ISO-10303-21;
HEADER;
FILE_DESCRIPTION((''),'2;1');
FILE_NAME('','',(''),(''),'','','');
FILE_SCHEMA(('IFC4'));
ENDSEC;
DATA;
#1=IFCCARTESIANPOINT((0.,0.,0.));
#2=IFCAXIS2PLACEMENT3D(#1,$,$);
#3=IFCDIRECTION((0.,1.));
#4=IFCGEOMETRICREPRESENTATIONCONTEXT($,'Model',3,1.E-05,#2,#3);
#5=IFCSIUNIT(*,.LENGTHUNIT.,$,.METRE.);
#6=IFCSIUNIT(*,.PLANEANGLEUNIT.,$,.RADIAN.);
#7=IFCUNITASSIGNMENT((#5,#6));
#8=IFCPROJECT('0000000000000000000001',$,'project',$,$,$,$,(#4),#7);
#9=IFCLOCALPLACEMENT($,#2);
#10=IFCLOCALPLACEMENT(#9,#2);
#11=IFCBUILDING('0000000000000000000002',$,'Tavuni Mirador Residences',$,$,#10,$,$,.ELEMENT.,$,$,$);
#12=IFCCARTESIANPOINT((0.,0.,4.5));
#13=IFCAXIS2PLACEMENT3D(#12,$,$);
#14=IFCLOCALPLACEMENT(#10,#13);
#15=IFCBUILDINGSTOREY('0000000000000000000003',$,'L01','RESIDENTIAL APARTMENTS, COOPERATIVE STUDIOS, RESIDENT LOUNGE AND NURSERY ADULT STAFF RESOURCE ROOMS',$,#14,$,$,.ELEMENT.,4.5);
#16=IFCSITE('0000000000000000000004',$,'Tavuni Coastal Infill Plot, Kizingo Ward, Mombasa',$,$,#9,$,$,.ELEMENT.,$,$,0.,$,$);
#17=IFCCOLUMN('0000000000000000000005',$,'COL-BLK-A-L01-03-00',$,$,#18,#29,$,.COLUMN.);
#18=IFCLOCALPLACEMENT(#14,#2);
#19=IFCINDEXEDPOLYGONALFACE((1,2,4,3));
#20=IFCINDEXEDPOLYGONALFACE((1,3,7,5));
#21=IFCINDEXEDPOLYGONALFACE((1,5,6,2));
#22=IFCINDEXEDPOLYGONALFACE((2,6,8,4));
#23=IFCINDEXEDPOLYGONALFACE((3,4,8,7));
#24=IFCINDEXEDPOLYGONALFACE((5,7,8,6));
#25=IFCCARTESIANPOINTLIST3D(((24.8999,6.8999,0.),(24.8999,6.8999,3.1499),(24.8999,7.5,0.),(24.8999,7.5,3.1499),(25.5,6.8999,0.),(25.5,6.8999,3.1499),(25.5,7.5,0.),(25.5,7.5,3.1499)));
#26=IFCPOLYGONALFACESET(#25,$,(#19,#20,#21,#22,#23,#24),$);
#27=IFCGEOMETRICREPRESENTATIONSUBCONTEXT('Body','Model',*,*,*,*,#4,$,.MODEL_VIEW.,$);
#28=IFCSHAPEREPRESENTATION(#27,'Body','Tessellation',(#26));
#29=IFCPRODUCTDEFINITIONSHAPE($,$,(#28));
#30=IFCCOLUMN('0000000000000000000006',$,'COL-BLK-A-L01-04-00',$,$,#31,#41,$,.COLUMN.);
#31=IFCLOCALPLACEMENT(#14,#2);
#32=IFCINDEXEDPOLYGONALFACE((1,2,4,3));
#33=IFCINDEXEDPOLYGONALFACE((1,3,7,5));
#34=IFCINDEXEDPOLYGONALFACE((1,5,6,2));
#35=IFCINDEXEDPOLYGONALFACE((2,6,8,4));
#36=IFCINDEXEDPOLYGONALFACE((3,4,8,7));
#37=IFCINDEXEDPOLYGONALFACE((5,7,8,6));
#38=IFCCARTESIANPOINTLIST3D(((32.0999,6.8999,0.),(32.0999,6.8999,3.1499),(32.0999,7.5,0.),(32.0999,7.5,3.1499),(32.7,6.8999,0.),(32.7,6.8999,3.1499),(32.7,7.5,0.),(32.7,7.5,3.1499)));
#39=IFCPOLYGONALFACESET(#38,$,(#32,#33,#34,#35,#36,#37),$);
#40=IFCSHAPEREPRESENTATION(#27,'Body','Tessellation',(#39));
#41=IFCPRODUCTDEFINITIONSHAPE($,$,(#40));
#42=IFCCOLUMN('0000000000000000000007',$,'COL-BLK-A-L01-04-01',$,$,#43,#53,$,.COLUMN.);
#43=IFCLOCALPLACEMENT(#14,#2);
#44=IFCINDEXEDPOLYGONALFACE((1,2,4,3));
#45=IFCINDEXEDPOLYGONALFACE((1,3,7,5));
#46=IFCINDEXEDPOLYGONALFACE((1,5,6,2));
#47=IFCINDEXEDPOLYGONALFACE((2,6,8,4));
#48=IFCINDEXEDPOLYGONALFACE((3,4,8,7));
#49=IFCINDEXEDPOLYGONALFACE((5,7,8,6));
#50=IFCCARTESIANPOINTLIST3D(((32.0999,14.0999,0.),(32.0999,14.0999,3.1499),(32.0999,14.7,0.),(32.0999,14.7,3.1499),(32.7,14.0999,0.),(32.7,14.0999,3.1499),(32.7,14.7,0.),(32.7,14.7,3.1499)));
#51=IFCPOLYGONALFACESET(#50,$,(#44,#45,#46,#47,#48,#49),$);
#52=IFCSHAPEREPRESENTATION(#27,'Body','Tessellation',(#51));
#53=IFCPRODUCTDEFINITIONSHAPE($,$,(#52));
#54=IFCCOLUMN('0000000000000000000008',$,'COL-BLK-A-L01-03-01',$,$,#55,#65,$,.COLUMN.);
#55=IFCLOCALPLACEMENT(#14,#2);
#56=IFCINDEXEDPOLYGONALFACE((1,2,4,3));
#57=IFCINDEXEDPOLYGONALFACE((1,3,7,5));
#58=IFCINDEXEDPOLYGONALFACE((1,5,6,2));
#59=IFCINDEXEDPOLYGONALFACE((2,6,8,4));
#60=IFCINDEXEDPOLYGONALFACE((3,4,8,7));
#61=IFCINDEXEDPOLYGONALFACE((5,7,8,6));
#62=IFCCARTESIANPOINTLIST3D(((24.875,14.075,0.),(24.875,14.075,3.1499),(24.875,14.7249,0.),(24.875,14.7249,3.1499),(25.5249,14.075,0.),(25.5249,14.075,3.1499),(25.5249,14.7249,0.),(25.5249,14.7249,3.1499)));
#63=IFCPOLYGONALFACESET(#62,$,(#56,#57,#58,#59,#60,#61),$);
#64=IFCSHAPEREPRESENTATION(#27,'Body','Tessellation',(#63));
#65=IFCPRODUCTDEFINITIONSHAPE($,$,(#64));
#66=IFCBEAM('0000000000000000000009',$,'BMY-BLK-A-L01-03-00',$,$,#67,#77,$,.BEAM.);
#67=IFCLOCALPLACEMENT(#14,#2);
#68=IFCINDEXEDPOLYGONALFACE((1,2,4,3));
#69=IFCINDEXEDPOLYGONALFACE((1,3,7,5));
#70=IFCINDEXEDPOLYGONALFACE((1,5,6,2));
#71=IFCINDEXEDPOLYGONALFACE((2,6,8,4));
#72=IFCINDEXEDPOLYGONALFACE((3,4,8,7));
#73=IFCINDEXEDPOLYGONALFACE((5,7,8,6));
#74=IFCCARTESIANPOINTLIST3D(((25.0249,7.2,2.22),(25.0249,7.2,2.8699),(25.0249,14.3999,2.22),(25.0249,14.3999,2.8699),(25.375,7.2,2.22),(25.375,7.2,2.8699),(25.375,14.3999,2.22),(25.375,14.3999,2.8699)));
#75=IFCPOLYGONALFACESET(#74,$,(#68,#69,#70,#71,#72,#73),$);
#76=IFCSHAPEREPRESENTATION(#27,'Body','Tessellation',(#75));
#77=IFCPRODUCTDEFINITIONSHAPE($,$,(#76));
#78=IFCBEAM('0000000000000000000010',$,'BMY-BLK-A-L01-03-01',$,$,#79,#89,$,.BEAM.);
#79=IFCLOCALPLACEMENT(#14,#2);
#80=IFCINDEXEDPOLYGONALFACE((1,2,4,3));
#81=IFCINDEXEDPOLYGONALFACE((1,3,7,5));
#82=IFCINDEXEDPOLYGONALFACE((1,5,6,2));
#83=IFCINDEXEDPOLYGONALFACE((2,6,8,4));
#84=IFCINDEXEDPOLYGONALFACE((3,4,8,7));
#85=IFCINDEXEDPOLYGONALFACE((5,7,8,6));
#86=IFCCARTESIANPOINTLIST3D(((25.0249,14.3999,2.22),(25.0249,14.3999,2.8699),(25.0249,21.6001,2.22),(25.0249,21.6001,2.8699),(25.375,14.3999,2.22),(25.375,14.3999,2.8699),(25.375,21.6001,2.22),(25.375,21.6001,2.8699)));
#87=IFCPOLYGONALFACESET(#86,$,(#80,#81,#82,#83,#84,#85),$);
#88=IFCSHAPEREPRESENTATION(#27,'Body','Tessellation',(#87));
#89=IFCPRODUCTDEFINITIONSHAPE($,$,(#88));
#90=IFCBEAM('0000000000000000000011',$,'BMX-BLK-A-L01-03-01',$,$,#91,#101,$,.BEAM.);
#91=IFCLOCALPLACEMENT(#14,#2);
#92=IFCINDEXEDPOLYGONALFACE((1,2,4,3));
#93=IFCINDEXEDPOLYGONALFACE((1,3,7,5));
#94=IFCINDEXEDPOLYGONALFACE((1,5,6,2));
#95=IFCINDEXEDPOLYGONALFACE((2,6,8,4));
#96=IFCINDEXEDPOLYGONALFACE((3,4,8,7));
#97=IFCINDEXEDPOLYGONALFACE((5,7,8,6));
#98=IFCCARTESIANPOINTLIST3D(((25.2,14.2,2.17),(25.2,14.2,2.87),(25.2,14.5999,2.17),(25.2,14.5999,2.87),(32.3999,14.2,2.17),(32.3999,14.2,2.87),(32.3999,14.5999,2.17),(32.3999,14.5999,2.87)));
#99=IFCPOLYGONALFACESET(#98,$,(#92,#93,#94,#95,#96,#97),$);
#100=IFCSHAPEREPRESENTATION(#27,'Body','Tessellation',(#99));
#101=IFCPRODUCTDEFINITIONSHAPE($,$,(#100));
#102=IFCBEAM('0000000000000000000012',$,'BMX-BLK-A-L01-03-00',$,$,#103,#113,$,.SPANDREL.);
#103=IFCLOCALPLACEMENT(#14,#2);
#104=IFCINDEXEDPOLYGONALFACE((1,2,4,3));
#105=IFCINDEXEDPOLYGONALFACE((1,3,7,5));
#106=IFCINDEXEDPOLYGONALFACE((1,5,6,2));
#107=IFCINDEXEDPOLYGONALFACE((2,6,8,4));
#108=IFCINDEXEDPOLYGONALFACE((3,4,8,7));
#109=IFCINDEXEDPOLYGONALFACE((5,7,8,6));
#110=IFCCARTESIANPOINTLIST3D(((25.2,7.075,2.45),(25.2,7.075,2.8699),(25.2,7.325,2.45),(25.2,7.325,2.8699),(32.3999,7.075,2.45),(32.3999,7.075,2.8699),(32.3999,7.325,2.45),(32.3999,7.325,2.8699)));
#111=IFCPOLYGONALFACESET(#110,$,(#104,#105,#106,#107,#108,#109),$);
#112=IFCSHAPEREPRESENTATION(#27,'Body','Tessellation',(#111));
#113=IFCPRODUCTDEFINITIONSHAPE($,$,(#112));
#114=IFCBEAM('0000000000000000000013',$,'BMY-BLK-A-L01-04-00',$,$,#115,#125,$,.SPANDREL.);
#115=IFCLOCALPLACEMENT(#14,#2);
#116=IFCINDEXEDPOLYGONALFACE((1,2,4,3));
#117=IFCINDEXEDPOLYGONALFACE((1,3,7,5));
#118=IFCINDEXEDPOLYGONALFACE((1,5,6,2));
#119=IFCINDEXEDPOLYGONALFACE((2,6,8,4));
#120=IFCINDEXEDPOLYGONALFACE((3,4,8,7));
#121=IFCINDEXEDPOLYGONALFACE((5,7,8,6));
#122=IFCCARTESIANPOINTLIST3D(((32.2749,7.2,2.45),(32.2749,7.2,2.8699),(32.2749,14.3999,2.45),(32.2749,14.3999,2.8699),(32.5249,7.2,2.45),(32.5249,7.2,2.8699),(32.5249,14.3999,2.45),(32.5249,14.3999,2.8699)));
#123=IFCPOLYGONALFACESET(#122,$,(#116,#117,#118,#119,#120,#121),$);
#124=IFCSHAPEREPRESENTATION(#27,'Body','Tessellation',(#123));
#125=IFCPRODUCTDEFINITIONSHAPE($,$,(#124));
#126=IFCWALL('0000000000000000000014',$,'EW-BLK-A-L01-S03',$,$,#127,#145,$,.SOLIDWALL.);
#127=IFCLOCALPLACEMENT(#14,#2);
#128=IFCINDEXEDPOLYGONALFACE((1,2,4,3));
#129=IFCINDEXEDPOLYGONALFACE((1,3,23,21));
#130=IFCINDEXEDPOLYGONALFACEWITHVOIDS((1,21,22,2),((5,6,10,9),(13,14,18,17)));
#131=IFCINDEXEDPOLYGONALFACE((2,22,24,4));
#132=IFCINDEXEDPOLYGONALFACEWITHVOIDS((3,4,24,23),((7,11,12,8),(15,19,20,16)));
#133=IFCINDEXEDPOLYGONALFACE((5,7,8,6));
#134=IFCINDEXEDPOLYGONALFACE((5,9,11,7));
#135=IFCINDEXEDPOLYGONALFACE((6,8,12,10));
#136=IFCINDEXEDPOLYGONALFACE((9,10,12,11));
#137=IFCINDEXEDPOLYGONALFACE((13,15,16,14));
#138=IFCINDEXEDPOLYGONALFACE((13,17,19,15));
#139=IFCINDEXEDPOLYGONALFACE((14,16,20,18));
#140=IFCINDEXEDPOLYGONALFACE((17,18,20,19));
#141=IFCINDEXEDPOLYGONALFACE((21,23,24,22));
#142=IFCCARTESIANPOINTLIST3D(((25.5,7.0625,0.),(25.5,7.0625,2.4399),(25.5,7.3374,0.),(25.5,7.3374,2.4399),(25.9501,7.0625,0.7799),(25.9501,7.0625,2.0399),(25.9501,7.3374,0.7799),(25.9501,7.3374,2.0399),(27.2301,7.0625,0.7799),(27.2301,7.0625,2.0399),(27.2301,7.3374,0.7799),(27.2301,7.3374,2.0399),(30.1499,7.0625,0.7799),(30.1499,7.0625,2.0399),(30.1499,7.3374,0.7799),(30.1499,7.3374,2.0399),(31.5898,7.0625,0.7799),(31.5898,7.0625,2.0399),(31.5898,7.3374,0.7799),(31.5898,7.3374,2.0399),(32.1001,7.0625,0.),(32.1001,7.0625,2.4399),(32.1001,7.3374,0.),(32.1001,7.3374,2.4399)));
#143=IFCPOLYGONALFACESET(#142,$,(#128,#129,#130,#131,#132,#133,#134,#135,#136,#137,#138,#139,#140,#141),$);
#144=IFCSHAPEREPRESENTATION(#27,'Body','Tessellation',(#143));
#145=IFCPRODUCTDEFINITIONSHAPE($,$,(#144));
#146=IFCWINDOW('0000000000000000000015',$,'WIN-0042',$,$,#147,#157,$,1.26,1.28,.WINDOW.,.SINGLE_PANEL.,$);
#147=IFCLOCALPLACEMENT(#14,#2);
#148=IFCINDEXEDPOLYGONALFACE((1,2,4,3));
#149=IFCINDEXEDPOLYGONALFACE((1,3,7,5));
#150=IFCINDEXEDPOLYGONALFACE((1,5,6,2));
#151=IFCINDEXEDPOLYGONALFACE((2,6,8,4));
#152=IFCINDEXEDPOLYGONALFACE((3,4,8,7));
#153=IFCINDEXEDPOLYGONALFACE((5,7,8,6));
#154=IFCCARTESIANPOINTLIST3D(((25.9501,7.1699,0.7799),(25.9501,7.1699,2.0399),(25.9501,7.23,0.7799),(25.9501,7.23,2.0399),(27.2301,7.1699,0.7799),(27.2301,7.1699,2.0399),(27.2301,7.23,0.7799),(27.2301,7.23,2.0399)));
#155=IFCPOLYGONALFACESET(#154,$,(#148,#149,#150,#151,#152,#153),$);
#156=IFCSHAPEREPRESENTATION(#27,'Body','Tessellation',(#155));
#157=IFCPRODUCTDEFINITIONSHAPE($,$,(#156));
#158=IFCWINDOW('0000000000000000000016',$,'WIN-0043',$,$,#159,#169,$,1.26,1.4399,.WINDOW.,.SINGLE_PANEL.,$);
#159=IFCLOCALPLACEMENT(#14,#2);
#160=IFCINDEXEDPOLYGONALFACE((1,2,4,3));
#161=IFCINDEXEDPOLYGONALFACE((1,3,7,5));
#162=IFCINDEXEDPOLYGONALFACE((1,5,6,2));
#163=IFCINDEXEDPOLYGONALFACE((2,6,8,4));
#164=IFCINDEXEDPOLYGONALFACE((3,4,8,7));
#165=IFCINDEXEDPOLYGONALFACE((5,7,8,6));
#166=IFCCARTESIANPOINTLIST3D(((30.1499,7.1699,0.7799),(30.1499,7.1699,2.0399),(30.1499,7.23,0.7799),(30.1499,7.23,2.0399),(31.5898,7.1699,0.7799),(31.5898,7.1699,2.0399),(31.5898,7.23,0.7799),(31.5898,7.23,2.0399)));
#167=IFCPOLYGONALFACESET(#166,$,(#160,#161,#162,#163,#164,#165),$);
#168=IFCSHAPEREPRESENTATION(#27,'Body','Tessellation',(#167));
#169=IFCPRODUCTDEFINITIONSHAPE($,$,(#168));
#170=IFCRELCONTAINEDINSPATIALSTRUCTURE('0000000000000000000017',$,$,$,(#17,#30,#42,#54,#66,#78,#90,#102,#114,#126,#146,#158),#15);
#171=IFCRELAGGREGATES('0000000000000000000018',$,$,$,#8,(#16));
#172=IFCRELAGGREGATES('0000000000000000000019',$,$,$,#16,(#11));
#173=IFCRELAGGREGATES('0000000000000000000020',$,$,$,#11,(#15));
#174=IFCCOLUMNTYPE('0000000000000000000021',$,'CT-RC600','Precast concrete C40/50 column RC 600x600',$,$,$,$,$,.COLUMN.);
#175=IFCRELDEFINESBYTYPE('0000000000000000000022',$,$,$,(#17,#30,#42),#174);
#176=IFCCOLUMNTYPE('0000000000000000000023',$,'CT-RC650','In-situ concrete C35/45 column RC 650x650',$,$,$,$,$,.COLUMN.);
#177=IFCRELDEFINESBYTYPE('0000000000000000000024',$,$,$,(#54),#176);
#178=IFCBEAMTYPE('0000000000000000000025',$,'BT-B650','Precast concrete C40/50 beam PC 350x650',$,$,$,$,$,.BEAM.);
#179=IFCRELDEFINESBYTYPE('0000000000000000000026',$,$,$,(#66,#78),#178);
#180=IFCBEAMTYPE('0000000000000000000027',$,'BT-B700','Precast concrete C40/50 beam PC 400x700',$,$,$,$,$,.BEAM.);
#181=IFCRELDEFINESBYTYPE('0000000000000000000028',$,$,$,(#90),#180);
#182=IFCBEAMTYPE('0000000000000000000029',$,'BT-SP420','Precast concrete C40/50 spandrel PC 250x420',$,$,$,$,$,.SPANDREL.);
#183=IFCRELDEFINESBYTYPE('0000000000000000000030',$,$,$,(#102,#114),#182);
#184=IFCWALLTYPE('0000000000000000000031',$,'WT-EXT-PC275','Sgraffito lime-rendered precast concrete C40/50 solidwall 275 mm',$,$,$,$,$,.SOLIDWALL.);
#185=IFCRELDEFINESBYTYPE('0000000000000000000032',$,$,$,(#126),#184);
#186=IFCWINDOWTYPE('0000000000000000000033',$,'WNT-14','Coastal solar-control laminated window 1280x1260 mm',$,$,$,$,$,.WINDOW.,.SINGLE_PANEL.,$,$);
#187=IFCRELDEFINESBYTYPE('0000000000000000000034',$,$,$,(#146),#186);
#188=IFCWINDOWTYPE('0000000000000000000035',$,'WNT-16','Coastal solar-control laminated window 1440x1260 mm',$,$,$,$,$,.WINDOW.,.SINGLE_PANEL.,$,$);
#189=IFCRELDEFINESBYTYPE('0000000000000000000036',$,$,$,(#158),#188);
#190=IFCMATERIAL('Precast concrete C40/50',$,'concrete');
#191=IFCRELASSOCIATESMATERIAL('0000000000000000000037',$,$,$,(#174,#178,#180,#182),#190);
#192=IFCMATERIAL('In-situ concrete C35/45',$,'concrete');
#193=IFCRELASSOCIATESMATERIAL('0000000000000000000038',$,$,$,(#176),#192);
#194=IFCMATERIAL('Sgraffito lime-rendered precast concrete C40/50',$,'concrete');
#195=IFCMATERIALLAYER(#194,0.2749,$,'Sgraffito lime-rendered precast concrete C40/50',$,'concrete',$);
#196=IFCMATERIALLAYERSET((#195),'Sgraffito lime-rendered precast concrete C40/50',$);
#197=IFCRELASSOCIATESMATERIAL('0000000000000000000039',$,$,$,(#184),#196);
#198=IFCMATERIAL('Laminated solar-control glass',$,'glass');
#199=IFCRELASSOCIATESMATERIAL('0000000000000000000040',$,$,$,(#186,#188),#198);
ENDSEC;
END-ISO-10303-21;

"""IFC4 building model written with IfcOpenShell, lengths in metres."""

from ifc_helpers import new_model, si_unit, direction, frame, frame_2d, origin, origin_2d, place, context, subcontext, project, spatial, rectangle, extrude, material, layer, layer_set, material_profile, profile_set, type_object, element, fill, save


model = new_model("IFC4")

# Units and contexts
model_context = context("Model", 3, precision=1e-05, world=origin(), true_north=direction((0.0, 1.0)))
body_context = subcontext(model_context, "Body", "Model", "MODEL_VIEW")
ifc_project = project(units=[si_unit("LENGTHUNIT", "METRE"), si_unit("PLANEANGLEUNIT", "RADIAN")], contexts=[model_context])

# Site, building, storey
site_placement = place(None, origin())
site = spatial("IfcSite", under=ifc_project, at=site_placement, Name="Tavuni Coastal Infill Plot, Kizingo Ward, Mombasa", CompositionType="ELEMENT", RefElevation=0.0)
building_placement = place(site_placement, origin())
building = spatial("IfcBuilding", under=site, at=building_placement, Name="Tavuni Mirador Residences", CompositionType="ELEMENT")
storey_placement = place(building_placement, frame((0.0, 0.0, 4.5)))
storey = spatial("IfcBuildingStorey", under=building, at=storey_placement, Name="L01", Description="RESIDENTIAL APARTMENTS, COOPERATIVE STUDIOS, RESIDENT LOUNGE AND NURSERY ADULT STAFF RESOURCE ROOMS", CompositionType="ELEMENT", Elevation=4.5)

# Columns
ifc_material_1 = material(Name="Precast concrete C40/50", Category="concrete")
ifc_material_profile_1 = material_profile(ifc_material_1, rectangle(XDim=0.6001, YDim=0.6001, at=origin_2d()), Name="RC 600x600", Category="concrete")
ifc_profile_set_1 = profile_set([ifc_material_profile_1], Name="Precast concrete C40/50")
column_type_1 = type_object("IfcColumnType", Name="CT-RC600", Description="Precast concrete C40/50 column RC 600x600", PredefinedType="COLUMN", material=ifc_profile_set_1)
for number, where, z_axis, x_axis, name in (
    (1, (25.2, 7.2, 0.0), (0.0, 0.0, 1.0), (1.0, 0.0, 0.0), "COL-BLK-A-L01-03-00"),
    (2, (32.3999, 7.2, 0.0), (0.0, 0.0, 1.0), (1.0, 0.0, 0.0), "COL-BLK-A-L01-04-00"),
    (3, (32.3999, 14.3999, 0.0), (0.0, 0.0, 1.0), (1.0, 0.0, 0.0), "COL-BLK-A-L01-04-01"),
):
    element("IfcColumn", number, at=place(storey_placement, frame(where, z_axis=z_axis, x_axis=x_axis)), inside=storey, type_object=column_type_1, Name=name, PredefinedType="COLUMN", context=body_context, shape_type="SweptSolid", body=[
        extrude(rectangle(XDim=0.6001, YDim=0.6001, at=origin_2d()), origin(), (0.0, 0.0, 1.0), 3.1499),
    ])
ifc_material_2 = material(Name="In-situ concrete C35/45", Category="concrete")
ifc_material_profile_2 = material_profile(ifc_material_2, rectangle(XDim=0.6499, YDim=0.6499, at=origin_2d()), Name="RC 650x650", Category="concrete")
ifc_profile_set_2 = profile_set([ifc_material_profile_2], Name="In-situ concrete C35/45")
column_type_2 = type_object("IfcColumnType", Name="CT-RC650", Description="In-situ concrete C35/45 column RC 650x650", PredefinedType="COLUMN", material=ifc_profile_set_2)
column_placement = place(storey_placement, frame((25.2, 14.3999, 0.0), z_axis=(0.0, 0.0, 1.0), x_axis=(1.0, 0.0, 0.0)))
element("IfcColumn", 4, at=column_placement, inside=storey, type_object=column_type_2, Name="COL-BLK-A-L01-03-01", PredefinedType="COLUMN", context=body_context, shape_type="SweptSolid", body=[
    extrude(rectangle(XDim=0.6499, YDim=0.6499, at=origin_2d()), origin(), (0.0, 0.0, 1.0), 3.1499),
])

# Beams
ifc_material_profile_3 = material_profile(ifc_material_1, rectangle(XDim=0.3501, YDim=0.6499, at=origin_2d()), Name="PC 350x650", Category="concrete")
ifc_profile_set_3 = profile_set([ifc_material_profile_3], Name="Precast concrete C40/50")
beam_type_1 = type_object("IfcBeamType", Name="BT-B650", Description="Precast concrete C40/50 beam PC 350x650", PredefinedType="BEAM", material=ifc_profile_set_3)
beam_1_placement = place(storey_placement, frame((25.2, 7.2, 2.5449), z_axis=(0.0, 1.0, 0.0), x_axis=(-1.0, 0.0, 0.0)))
element("IfcBeam", 5, at=beam_1_placement, inside=storey, type_object=beam_type_1, Name="BMY-BLK-A-L01-03-00", PredefinedType="BEAM", context=body_context, shape_type="SweptSolid", body=[
    extrude(rectangle(XDim=0.3501, YDim=0.6499, at=origin_2d()), origin(), (0.0, 0.0, 1.0), 7.2),
])
beam_2_placement = place(storey_placement, frame((25.2, 14.3999, 2.5449), z_axis=(0.0, 1.0, 0.0), x_axis=(-1.0, 0.0, 0.0)))
element("IfcBeam", 6, at=beam_2_placement, inside=storey, type_object=beam_type_1, Name="BMY-BLK-A-L01-03-01", PredefinedType="BEAM", context=body_context, shape_type="SweptSolid", body=[
    extrude(rectangle(XDim=0.3501, YDim=0.6499, at=origin_2d()), origin(), (0.0, 0.0, 1.0), 7.2002),
])
ifc_material_profile_4 = material_profile(ifc_material_1, rectangle(XDim=0.3999, YDim=0.7, at=origin_2d()), Name="PC 400x700", Category="concrete")
ifc_profile_set_4 = profile_set([ifc_material_profile_4], Name="Precast concrete C40/50")
beam_type_2 = type_object("IfcBeamType", Name="BT-B700", Description="Precast concrete C40/50 beam PC 400x700", PredefinedType="BEAM", material=ifc_profile_set_4)
beam_3_placement = place(storey_placement, frame((25.2, 14.3999, 2.52), z_axis=(1.0, 0.0, 0.0), x_axis=(0.0, 1.0, 0.0)))
element("IfcBeam", 7, at=beam_3_placement, inside=storey, type_object=beam_type_2, Name="BMX-BLK-A-L01-03-01", PredefinedType="BEAM", context=body_context, shape_type="SweptSolid", body=[
    extrude(rectangle(XDim=0.3999, YDim=0.7, at=origin_2d()), origin(), (0.0, 0.0, 1.0), 7.2),
])
ifc_material_profile_5 = material_profile(ifc_material_1, rectangle(XDim=0.25, YDim=0.4199, at=origin_2d()), Name="PC 250x420", Category="concrete")
ifc_profile_set_5 = profile_set([ifc_material_profile_5], Name="Precast concrete C40/50")
beam_type_3 = type_object("IfcBeamType", Name="BT-SP420", Description="Precast concrete C40/50 spandrel PC 250x420", PredefinedType="SPANDREL", material=ifc_profile_set_5)
for number, where, z_axis, x_axis, name in (
    (8, (25.2, 7.2, 2.6599), (1.0, 0.0, 0.0), (0.0, 1.0, 0.0), "BMX-BLK-A-L01-03-00"),
    (9, (32.3999, 7.2, 2.6599), (0.0, 1.0, 0.0), (-1.0, 0.0, 0.0), "BMY-BLK-A-L01-04-00"),
):
    element("IfcBeam", number, at=place(storey_placement, frame(where, z_axis=z_axis, x_axis=x_axis)), inside=storey, type_object=beam_type_3, Name=name, PredefinedType="SPANDREL", context=body_context, shape_type="SweptSolid", body=[
        extrude(rectangle(XDim=0.25, YDim=0.4199, at=origin_2d()), origin(), (0.0, 0.0, 1.0), 7.2),
    ])

# Wall, openings, windows
ifc_material_3 = material(Name="Sgraffito lime-rendered precast concrete C40/50", Category="concrete")
ifc_layer_1 = layer(ifc_material_3, 0.2749, Name="Sgraffito lime-rendered precast concrete C40/50", Category="concrete")
ifc_layer_set_1 = layer_set([ifc_layer_1], Name="Sgraffito lime-rendered precast concrete C40/50")
wall_type_1 = type_object("IfcWallType", Name="WT-EXT-PC275", Description="Sgraffito lime-rendered precast concrete C40/50 solidwall 275 mm", PredefinedType="SOLIDWALL", material=ifc_layer_set_1)
wall_1_placement = place(storey_placement, frame((25.5, 7.2, 0.0), z_axis=(0.0, 0.0, 1.0), x_axis=(1.0, 0.0, 0.0)))
wall_1 = element("IfcWall", 10, at=wall_1_placement, inside=storey, type_object=wall_type_1, Name="EW-BLK-A-L01-S03", PredefinedType="SOLIDWALL", context=body_context, shape_type="SweptSolid", body=[
    extrude(rectangle(XDim=6.6001, YDim=0.2749, at=frame_2d((3.3, 0.0))), origin(), (0.0, 0.0, 1.0), 2.4399),
])
opening_1_placement = place(wall_1_placement, frame((0.45, 0.0, 0.78)))
opening_1 = element("IfcOpeningElement", 11, at=opening_1_placement, cuts=wall_1, PredefinedType="OPENING", context=body_context, shape_type="SweptSolid", body=[
    extrude(rectangle(XDim=1.28, YDim=1.26, at=frame_2d((0.6401, 0.6299))), frame((0.0, 0.1475, 0.0), z_axis=(0.0, -1.0, 0.0), x_axis=(1.0, 0.0, 0.0)), (0.0, 0.0, 1.0), 0.2949),
])
opening_2_placement = place(wall_1_placement, frame((4.6499, 0.0, 0.78)))
opening_2 = element("IfcOpeningElement", 12, at=opening_2_placement, cuts=wall_1, PredefinedType="OPENING", context=body_context, shape_type="SweptSolid", body=[
    extrude(rectangle(XDim=1.4399, YDim=1.26, at=frame_2d((0.72, 0.6299))), frame((0.0, 0.1475, 0.0), z_axis=(0.0, -1.0, 0.0), x_axis=(1.0, 0.0, 0.0)), (0.0, 0.0, 1.0), 0.2949),
])
ifc_material_4 = material(Name="Laminated solar-control glass", Category="glass")
window_type_1 = type_object("IfcWindowType", Name="WNT-14", Description="Coastal solar-control laminated window 1280x1260 mm", PartitioningType="SINGLE_PANEL", PredefinedType="WINDOW", material=ifc_material_4)
window_1_placement = place(opening_1_placement, origin())
window_1 = element("IfcWindow", 13, at=window_1_placement, inside=storey, type_object=window_type_1, Name="WIN-0042", OverallHeight=1.26, OverallWidth=1.28, PartitioningType="SINGLE_PANEL", PredefinedType="WINDOW", context=body_context, shape_type="SweptSolid", body=[
    extrude(rectangle(XDim=1.28, YDim=1.26, at=frame_2d((0.6401, 0.6299))), frame((0.0, 0.03, 0.0), z_axis=(0.0, -1.0, 0.0), x_axis=(1.0, 0.0, 0.0)), (0.0, 0.0, 1.0), 0.0601),
])
fill(opening_1, window_1)
window_type_2 = type_object("IfcWindowType", Name="WNT-16", Description="Coastal solar-control laminated window 1440x1260 mm", PartitioningType="SINGLE_PANEL", PredefinedType="WINDOW", material=ifc_material_4)
window_2_placement = place(opening_2_placement, origin())
window_2 = element("IfcWindow", 14, at=window_2_placement, inside=storey, type_object=window_type_2, Name="WIN-0043", OverallHeight=1.26, OverallWidth=1.4399, PartitioningType="SINGLE_PANEL", PredefinedType="WINDOW", context=body_context, shape_type="SweptSolid", body=[
    extrude(rectangle(XDim=1.4399, YDim=1.26, at=frame_2d((0.72, 0.6299))), frame((0.0, 0.03, 0.0), z_axis=(0.0, -1.0, 0.0), x_axis=(1.0, 0.0, 0.0)), (0.0, 0.0, 1.0), 0.0601),
])
fill(opening_2, window_2)

save(model, "model.ifc")
